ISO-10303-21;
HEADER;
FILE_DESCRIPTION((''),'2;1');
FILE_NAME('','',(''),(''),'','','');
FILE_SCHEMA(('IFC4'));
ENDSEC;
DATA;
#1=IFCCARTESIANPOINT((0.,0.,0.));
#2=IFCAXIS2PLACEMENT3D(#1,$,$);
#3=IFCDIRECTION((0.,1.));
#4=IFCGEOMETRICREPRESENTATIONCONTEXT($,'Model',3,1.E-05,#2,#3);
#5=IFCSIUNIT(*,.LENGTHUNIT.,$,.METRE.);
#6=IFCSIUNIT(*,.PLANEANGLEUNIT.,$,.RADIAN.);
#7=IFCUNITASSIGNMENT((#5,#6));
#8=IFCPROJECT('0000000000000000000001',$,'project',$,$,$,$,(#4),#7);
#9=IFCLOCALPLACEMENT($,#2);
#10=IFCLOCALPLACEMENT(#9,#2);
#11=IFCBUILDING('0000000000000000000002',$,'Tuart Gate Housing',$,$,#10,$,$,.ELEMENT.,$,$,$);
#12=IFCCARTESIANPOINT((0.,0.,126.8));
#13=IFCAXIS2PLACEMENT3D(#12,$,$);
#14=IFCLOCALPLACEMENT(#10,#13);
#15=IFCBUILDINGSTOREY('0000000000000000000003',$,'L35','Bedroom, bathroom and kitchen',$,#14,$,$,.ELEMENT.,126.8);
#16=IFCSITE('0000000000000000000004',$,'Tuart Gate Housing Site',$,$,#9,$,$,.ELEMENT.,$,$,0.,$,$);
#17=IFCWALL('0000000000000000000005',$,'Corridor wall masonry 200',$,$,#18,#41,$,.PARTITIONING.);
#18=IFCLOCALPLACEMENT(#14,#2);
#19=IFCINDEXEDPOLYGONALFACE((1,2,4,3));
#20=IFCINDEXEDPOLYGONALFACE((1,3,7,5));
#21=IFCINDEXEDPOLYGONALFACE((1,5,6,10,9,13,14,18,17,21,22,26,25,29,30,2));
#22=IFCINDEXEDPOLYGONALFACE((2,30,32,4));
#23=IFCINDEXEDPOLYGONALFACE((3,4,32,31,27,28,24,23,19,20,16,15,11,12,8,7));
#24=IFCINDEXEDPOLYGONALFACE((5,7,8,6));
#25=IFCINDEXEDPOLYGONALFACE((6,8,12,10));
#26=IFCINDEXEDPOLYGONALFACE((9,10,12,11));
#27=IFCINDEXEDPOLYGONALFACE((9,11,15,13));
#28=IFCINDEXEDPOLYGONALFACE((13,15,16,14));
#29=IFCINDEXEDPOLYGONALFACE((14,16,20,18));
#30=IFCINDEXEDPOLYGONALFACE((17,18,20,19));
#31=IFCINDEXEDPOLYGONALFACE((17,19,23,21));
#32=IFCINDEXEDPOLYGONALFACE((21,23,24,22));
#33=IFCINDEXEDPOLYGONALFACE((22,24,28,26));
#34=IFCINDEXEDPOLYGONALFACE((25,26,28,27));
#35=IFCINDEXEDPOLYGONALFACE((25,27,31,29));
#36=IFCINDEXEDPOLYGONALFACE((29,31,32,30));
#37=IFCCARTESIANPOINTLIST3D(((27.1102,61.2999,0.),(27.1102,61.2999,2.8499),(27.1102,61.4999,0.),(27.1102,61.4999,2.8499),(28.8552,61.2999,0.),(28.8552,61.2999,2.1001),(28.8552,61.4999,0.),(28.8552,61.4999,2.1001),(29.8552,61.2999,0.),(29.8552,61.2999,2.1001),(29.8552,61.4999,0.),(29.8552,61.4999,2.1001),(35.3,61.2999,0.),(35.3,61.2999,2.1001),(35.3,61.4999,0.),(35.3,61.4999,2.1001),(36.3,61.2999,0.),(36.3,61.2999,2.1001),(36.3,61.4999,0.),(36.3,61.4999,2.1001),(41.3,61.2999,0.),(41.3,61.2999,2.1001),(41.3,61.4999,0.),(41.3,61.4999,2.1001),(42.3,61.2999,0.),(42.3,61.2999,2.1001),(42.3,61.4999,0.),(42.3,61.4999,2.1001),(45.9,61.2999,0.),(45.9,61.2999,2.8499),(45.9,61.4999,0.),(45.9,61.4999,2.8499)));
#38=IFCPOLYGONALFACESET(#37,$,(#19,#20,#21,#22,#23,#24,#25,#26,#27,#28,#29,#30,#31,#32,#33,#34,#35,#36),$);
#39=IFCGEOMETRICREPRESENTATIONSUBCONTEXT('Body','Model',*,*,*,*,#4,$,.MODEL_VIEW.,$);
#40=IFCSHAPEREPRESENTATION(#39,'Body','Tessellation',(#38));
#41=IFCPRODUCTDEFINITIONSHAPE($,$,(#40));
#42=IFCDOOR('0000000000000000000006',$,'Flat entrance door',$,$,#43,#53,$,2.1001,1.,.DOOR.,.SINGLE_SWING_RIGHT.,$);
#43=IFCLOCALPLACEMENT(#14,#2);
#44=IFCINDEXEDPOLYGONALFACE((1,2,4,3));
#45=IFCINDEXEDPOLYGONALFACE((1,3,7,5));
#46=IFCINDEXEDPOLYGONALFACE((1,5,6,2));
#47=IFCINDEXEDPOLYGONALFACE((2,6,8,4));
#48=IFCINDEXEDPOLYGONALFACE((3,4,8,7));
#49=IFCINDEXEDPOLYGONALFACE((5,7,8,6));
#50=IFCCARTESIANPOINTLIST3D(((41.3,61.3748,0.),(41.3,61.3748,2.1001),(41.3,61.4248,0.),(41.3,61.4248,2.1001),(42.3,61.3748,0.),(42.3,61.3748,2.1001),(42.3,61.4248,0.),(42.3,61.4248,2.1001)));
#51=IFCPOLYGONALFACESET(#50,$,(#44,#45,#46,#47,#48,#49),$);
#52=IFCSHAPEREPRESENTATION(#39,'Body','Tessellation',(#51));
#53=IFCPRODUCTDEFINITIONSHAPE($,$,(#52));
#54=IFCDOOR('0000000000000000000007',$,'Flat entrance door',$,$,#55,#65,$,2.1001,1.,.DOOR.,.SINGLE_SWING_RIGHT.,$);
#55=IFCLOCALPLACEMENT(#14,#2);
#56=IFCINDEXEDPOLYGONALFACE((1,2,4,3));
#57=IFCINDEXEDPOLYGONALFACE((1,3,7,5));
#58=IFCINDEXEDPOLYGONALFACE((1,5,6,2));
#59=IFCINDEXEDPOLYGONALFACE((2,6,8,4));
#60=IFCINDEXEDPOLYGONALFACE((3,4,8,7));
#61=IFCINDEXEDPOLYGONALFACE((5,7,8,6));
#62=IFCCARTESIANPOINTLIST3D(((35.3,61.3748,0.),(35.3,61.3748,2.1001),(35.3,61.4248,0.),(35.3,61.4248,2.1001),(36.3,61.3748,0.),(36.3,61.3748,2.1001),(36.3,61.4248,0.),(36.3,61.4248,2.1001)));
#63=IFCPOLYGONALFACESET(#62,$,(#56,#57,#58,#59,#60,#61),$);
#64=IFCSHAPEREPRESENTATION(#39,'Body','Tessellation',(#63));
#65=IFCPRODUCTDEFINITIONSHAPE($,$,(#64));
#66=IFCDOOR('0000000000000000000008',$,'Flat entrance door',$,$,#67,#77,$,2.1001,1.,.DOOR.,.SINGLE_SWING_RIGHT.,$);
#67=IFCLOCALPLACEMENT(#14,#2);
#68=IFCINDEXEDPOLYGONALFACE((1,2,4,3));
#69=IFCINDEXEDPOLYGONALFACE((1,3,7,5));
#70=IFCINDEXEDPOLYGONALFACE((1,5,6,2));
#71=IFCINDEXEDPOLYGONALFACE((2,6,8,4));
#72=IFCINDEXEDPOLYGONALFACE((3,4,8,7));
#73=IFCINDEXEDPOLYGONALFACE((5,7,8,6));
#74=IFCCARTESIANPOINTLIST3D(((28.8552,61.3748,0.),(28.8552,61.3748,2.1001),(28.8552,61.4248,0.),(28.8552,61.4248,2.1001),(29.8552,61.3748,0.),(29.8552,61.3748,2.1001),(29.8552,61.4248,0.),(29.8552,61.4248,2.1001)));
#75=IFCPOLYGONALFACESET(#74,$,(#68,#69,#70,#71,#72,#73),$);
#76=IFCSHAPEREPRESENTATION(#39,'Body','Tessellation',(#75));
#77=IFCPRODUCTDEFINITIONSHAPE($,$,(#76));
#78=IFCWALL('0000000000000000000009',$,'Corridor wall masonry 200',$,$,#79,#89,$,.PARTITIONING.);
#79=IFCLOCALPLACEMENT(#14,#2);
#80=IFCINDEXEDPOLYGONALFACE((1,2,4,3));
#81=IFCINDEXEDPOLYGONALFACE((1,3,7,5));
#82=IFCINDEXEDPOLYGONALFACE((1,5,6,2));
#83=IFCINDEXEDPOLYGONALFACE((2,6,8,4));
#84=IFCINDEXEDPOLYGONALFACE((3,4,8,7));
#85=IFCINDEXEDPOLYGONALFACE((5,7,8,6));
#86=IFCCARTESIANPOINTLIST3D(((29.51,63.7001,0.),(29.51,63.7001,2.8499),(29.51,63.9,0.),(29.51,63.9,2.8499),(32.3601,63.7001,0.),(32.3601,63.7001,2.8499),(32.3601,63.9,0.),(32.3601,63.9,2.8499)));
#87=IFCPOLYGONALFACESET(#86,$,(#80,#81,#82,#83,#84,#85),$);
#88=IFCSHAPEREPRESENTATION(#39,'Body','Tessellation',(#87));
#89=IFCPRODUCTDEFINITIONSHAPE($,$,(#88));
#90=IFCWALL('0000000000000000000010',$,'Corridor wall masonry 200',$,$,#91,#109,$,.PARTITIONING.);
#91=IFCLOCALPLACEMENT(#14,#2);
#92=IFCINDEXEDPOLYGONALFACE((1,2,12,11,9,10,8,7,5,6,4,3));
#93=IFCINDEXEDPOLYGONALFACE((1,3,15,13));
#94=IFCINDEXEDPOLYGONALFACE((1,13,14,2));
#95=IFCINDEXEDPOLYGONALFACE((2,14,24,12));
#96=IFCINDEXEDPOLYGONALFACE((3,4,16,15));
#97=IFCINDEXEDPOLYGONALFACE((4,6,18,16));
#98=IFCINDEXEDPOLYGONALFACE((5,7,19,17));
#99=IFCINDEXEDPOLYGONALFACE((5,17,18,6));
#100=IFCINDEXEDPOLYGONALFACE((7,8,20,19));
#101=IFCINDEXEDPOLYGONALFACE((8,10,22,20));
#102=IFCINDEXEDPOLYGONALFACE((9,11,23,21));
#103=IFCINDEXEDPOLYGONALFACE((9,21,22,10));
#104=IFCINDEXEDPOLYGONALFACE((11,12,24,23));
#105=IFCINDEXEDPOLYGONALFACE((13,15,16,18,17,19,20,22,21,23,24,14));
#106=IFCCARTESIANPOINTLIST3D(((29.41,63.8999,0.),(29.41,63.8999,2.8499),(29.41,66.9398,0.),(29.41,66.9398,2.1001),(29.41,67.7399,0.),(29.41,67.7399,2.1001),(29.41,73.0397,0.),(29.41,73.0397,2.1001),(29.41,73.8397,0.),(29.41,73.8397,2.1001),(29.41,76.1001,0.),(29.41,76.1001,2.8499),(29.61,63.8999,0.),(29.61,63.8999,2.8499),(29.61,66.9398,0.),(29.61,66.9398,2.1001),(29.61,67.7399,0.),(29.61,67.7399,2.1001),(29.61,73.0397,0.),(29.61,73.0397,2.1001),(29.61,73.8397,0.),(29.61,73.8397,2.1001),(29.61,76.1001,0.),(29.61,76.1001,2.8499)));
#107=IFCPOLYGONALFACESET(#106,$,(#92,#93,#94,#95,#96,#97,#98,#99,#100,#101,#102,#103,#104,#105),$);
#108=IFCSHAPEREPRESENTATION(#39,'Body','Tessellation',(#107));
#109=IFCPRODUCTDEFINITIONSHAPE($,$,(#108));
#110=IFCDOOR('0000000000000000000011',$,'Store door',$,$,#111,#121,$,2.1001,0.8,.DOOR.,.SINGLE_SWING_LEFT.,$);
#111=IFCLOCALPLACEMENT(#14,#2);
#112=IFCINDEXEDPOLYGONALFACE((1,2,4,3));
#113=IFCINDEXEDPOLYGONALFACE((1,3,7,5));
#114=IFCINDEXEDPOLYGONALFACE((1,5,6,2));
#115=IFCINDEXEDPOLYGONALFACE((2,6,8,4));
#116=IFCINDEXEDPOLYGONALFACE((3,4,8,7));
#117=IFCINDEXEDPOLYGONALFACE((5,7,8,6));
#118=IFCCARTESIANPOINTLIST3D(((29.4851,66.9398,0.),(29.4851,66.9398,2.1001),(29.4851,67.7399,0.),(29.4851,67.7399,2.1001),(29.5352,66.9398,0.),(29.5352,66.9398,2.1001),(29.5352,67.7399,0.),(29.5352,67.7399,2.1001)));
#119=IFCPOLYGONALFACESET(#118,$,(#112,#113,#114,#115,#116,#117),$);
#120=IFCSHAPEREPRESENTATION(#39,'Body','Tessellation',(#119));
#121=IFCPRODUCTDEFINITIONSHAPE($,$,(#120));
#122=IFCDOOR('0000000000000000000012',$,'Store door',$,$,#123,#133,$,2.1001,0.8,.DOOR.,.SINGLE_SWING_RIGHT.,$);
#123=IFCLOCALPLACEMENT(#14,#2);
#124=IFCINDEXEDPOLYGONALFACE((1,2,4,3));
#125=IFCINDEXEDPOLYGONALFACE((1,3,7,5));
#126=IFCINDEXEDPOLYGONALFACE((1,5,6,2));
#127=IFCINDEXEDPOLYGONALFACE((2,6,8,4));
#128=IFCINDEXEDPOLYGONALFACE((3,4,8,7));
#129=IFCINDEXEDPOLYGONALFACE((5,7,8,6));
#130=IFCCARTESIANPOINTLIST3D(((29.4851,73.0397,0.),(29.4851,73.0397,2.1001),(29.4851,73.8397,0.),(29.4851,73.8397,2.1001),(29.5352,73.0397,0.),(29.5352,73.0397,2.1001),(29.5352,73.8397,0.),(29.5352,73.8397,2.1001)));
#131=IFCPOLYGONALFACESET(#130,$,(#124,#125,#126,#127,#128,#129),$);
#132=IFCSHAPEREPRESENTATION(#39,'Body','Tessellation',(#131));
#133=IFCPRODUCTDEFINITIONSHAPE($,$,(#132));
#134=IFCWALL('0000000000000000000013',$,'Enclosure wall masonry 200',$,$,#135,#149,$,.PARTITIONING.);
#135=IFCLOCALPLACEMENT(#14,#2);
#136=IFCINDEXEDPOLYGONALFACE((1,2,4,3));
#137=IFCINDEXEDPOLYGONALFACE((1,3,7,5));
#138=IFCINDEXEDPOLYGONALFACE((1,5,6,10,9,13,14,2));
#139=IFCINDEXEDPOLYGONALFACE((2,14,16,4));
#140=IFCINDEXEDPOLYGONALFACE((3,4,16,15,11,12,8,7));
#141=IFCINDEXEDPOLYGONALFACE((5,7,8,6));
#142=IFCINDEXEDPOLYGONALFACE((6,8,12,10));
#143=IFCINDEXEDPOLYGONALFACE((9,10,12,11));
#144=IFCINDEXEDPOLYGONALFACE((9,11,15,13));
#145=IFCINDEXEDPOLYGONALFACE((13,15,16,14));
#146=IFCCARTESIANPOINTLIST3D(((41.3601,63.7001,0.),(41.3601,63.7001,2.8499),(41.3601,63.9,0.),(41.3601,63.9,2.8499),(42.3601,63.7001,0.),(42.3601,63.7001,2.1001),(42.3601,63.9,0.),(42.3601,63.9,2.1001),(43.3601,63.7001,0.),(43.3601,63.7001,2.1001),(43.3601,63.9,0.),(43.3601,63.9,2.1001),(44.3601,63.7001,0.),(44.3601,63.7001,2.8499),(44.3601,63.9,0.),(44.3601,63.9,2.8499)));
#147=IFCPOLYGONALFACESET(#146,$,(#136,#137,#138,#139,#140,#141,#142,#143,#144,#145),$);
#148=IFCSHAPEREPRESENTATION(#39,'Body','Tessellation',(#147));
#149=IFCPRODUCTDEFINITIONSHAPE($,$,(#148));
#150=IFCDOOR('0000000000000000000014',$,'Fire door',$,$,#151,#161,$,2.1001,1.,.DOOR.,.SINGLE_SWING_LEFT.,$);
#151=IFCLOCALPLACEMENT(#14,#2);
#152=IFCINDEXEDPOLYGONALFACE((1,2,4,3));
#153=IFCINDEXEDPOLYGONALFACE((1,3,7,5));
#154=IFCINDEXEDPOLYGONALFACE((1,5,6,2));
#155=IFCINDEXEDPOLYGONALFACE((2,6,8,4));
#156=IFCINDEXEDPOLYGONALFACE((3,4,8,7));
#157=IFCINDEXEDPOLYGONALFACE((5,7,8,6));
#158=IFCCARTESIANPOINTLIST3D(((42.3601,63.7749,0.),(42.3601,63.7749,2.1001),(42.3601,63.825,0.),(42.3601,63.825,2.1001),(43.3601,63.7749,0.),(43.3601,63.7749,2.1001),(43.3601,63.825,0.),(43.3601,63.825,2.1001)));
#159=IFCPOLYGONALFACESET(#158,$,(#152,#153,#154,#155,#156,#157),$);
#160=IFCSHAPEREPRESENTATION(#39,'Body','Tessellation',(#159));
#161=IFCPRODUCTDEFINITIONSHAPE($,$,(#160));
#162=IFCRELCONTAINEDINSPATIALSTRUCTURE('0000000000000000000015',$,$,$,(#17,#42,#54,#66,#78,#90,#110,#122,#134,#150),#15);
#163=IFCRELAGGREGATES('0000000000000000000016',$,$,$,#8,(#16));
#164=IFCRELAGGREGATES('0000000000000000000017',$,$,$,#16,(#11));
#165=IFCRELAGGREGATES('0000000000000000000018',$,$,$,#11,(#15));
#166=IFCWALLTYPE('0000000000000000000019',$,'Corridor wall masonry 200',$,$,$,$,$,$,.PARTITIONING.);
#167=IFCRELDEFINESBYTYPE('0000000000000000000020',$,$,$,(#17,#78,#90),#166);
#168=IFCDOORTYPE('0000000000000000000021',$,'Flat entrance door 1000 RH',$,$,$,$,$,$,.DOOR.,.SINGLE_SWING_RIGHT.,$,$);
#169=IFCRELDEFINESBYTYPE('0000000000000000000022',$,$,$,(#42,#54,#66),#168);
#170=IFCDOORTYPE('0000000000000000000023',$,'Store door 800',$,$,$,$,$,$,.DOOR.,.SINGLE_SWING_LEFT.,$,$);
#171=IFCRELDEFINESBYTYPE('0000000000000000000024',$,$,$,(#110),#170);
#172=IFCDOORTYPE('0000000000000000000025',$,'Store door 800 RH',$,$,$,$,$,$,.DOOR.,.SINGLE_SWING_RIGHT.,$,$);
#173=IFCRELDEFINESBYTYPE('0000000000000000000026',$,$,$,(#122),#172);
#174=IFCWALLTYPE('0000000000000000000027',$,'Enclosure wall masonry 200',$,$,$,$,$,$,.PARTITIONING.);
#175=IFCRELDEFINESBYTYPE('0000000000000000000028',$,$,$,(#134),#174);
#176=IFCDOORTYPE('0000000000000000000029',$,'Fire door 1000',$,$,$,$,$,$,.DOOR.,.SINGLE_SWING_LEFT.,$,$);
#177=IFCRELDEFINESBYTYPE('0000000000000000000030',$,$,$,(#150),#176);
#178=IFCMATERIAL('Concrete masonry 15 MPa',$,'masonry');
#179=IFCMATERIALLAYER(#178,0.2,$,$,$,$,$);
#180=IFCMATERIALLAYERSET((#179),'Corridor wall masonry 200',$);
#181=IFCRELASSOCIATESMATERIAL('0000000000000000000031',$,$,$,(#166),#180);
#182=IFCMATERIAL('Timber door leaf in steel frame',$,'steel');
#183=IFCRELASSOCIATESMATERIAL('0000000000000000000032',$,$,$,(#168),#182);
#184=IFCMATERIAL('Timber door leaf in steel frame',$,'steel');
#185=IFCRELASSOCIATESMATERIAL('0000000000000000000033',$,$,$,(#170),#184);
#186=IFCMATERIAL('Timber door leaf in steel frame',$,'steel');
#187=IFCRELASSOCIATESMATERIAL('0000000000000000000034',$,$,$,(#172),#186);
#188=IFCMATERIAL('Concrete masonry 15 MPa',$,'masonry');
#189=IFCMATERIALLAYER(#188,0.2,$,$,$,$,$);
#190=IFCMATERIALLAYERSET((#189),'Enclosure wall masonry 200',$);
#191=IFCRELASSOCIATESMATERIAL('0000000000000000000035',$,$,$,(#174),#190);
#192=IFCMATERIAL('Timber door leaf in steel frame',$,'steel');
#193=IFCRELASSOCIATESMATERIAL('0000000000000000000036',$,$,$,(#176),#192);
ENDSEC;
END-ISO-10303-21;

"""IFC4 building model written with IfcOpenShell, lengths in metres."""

from ifc_helpers import new_model, si_unit, direction, frame, frame_2d, origin, place, context, subcontext, project, spatial, rectangle, extrude, material, layer, layer_set, type_object, element, fill, save


model = new_model("IFC4")

# Units and contexts
model_context = context("Model", 3, precision=1e-05, world=origin(), true_north=direction((0.0, 1.0)))
body_context = subcontext(model_context, "Body", "Model", "MODEL_VIEW")
ifc_project = project(units=[si_unit("LENGTHUNIT", "METRE"), si_unit("PLANEANGLEUNIT", "RADIAN")], contexts=[model_context])

# Site, building, storey
site_placement = place(None, origin())
site = spatial("IfcSite", under=ifc_project, at=site_placement, Name="Tuart Gate Housing Site", CompositionType="ELEMENT", RefElevation=0.0)
building_placement = place(site_placement, origin())
building = spatial("IfcBuilding", under=site, at=building_placement, Name="Tuart Gate Housing", CompositionType="ELEMENT")
storey_placement = place(building_placement, frame((0.0, 0.0, 126.8)))
storey = spatial("IfcBuildingStorey", under=building, at=storey_placement, Name="L35", Description="Bedroom, bathroom and kitchen", CompositionType="ELEMENT", Elevation=126.8)

# Wall, openings, doors
ifc_material_1 = material(Name="Concrete masonry 15 MPa", Category="masonry")
ifc_layer_1 = layer(ifc_material_1, 0.2)
ifc_layer_set_1 = layer_set([ifc_layer_1], Name="Corridor wall masonry 200")
wall_type_1 = type_object("IfcWallType", Name="Corridor wall masonry 200", PredefinedType="PARTITIONING", material=ifc_layer_set_1)
wall_1_placement = place(storey_placement, frame((27.1101, 61.3999, 0.0), z_axis=(0.0, 0.0, 1.0), x_axis=(1.0, 0.0, 0.0)))
wall_1 = element("IfcWall", 1, at=wall_1_placement, inside=storey, type_object=wall_type_1, Name="Corridor wall masonry 200", PredefinedType="PARTITIONING", context=body_context, shape_type="SweptSolid", body=[
    extrude(rectangle(XDim=18.7898, YDim=0.2, at=frame_2d((9.395, 0.0))), origin(), (0.0, 0.0, 1.0), 2.8499),
])
opening_1_placement = place(wall_1_placement, frame((14.1899, 0.0, 0.0)))
opening_1 = element("IfcOpeningElement", 2, at=opening_1_placement, cuts=wall_1, PredefinedType="OPENING", context=body_context, shape_type="SweptSolid", body=[
    extrude(rectangle(XDim=1.0, YDim=2.1001, at=frame_2d((0.5, 1.05))), frame((0.0, 0.1099, 0.0), z_axis=(0.0, -1.0, 0.0), x_axis=(1.0, 0.0, 0.0)), (0.0, 0.0, 1.0), 0.22),
])
opening_2_placement = place(wall_1_placement, frame((8.1899, 0.0, 0.0)))
opening_2 = element("IfcOpeningElement", 3, at=opening_2_placement, cuts=wall_1, PredefinedType="OPENING", context=body_context, shape_type="SweptSolid", body=[
    extrude(rectangle(XDim=1.0, YDim=2.1001, at=frame_2d((0.5, 1.05))), frame((0.0, 0.1099, 0.0), z_axis=(0.0, -1.0, 0.0), x_axis=(1.0, 0.0, 0.0)), (0.0, 0.0, 1.0), 0.22),
])
opening_3_placement = place(wall_1_placement, frame((1.7451, 0.0, 0.0)))
opening_3 = element("IfcOpeningElement", 4, at=opening_3_placement, cuts=wall_1, PredefinedType="OPENING", context=body_context, shape_type="SweptSolid", body=[
    extrude(rectangle(XDim=1.0, YDim=2.1001, at=frame_2d((0.5, 1.05))), frame((0.0, 0.1099, 0.0), z_axis=(0.0, -1.0, 0.0), x_axis=(1.0, 0.0, 0.0)), (0.0, 0.0, 1.0), 0.22),
])
ifc_material_2 = material(Name="Timber door leaf in steel frame", Category="steel")
door_type_1 = type_object("IfcDoorType", Name="Flat entrance door 1000 RH", OperationType="SINGLE_SWING_RIGHT", PredefinedType="DOOR", material=ifc_material_2)
door_1_placement = place(opening_1_placement, frame((1.0, 0.0, 0.0), z_axis=(0.0, 0.0, 1.0), x_axis=(-1.0, 0.0, 0.0)))
door_1 = element("IfcDoor", 5, at=door_1_placement, inside=storey, type_object=door_type_1, Name="Flat entrance door", OperationType="SINGLE_SWING_RIGHT", OverallHeight=2.1001, OverallWidth=1.0, PredefinedType="DOOR", context=body_context, shape_type="SweptSolid", body=[
    extrude(rectangle(XDim=1.0, YDim=2.1001, at=frame_2d((0.5, 1.05))), frame((0.0, 0.0251, 0.0), z_axis=(0.0, -1.0, 0.0), x_axis=(1.0, 0.0, 0.0)), (0.0, 0.0, 1.0), 0.05),
])
fill(opening_1, door_1)
door_2_placement = place(opening_2_placement, frame((1.0, 0.0, 0.0), z_axis=(0.0, 0.0, 1.0), x_axis=(-1.0, 0.0, 0.0)))
door_2 = element("IfcDoor", 6, at=door_2_placement, inside=storey, type_object=door_type_1, Name="Flat entrance door", OperationType="SINGLE_SWING_RIGHT", OverallHeight=2.1001, OverallWidth=1.0, PredefinedType="DOOR", context=body_context, shape_type="SweptSolid", body=[
    extrude(rectangle(XDim=1.0, YDim=2.1001, at=frame_2d((0.5, 1.05))), frame((0.0, 0.0251, 0.0), z_axis=(0.0, -1.0, 0.0), x_axis=(1.0, 0.0, 0.0)), (0.0, 0.0, 1.0), 0.05),
])
fill(opening_2, door_2)
door_3_placement = place(opening_3_placement, frame((1.0, 0.0, 0.0), z_axis=(0.0, 0.0, 1.0), x_axis=(-1.0, 0.0, 0.0)))
door_3 = element("IfcDoor", 7, at=door_3_placement, inside=storey, type_object=door_type_1, Name="Flat entrance door", OperationType="SINGLE_SWING_RIGHT", OverallHeight=2.1001, OverallWidth=1.0, PredefinedType="DOOR", context=body_context, shape_type="SweptSolid", body=[
    extrude(rectangle(XDim=1.0, YDim=2.1001, at=frame_2d((0.5, 1.05))), frame((0.0, 0.0251, 0.0), z_axis=(0.0, -1.0, 0.0), x_axis=(1.0, 0.0, 0.0)), (0.0, 0.0, 1.0), 0.05),
])
fill(opening_3, door_3)

# Wall
wall_2_placement = place(storey_placement, frame((29.51, 63.8, 0.0), z_axis=(0.0, 0.0, 1.0), x_axis=(1.0, 0.0, 0.0)))
element("IfcWall", 8, at=wall_2_placement, inside=storey, type_object=wall_type_1, Name="Corridor wall masonry 200", PredefinedType="PARTITIONING", context=body_context, shape_type="SweptSolid", body=[
    extrude(rectangle(XDim=2.8501, YDim=0.2, at=frame_2d((1.425, 0.0))), origin(), (0.0, 0.0, 1.0), 2.8499),
])

# Wall, openings, doors
wall_3_placement = place(storey_placement, frame((29.51, 63.8999, 0.0), z_axis=(0.0, 0.0, 1.0), x_axis=(0.0, 1.0, 0.0)))
wall_3 = element("IfcWall", 9, at=wall_3_placement, inside=storey, type_object=wall_type_1, Name="Corridor wall masonry 200", PredefinedType="PARTITIONING", context=body_context, shape_type="SweptSolid", body=[
    extrude(rectangle(XDim=12.2002, YDim=0.2, at=frame_2d((6.1001, 0.0))), origin(), (0.0, 0.0, 1.0), 2.8499),
])
opening_4_placement = place(wall_3_placement, frame((3.04, 0.0, 0.0)))
opening_4 = element("IfcOpeningElement", 10, at=opening_4_placement, cuts=wall_3, PredefinedType="OPENING", context=body_context, shape_type="SweptSolid", body=[
    extrude(rectangle(XDim=0.8, YDim=2.1001, at=frame_2d((0.3999, 1.05))), frame((0.0, 0.1099, 0.0), z_axis=(0.0, -1.0, 0.0), x_axis=(1.0, 0.0, 0.0)), (0.0, 0.0, 1.0), 0.22),
])
opening_5_placement = place(wall_3_placement, frame((9.1399, 0.0, 0.0)))
opening_5 = element("IfcOpeningElement", 11, at=opening_5_placement, cuts=wall_3, PredefinedType="OPENING", context=body_context, shape_type="SweptSolid", body=[
    extrude(rectangle(XDim=0.8, YDim=2.1001, at=frame_2d((0.3999, 1.05))), frame((0.0, 0.1099, 0.0), z_axis=(0.0, -1.0, 0.0), x_axis=(1.0, 0.0, 0.0)), (0.0, 0.0, 1.0), 0.22),
])
ifc_material_3 = material(Name="Timber door leaf in steel frame", Category="steel")
door_type_2 = type_object("IfcDoorType", Name="Store door 800", OperationType="SINGLE_SWING_LEFT", PredefinedType="DOOR", material=ifc_material_3)
door_4_placement = place(opening_4_placement, frame((0.8, 0.0, 0.0), z_axis=(0.0, 0.0, 1.0), x_axis=(-1.0, 0.0, 0.0)))
door_4 = element("IfcDoor", 12, at=door_4_placement, inside=storey, type_object=door_type_2, Name="Store door", OperationType="SINGLE_SWING_LEFT", OverallHeight=2.1001, OverallWidth=0.8, PredefinedType="DOOR", context=body_context, shape_type="SweptSolid", body=[
    extrude(rectangle(XDim=0.8, YDim=2.1001, at=frame_2d((0.4001, 1.05))), frame((0.0, 0.0251, 0.0), z_axis=(0.0, -1.0, 0.0), x_axis=(1.0, 0.0, 0.0)), (0.0, 0.0, 1.0), 0.05),
])
fill(opening_4, door_4)
ifc_material_4 = material(Name="Timber door leaf in steel frame", Category="steel")
door_type_3 = type_object("IfcDoorType", Name="Store door 800 RH", OperationType="SINGLE_SWING_RIGHT", PredefinedType="DOOR", material=ifc_material_4)
door_5_placement = place(opening_5_placement, frame((0.8, 0.0, 0.0), z_axis=(0.0, 0.0, 1.0), x_axis=(-1.0, 0.0, 0.0)))
door_5 = element("IfcDoor", 13, at=door_5_placement, inside=storey, type_object=door_type_3, Name="Store door", OperationType="SINGLE_SWING_RIGHT", OverallHeight=2.1001, OverallWidth=0.8, PredefinedType="DOOR", context=body_context, shape_type="SweptSolid", body=[
    extrude(rectangle(XDim=0.8, YDim=2.1001, at=frame_2d((0.4001, 1.05))), frame((0.0, 0.0251, 0.0), z_axis=(0.0, -1.0, 0.0), x_axis=(1.0, 0.0, 0.0)), (0.0, 0.0, 1.0), 0.05),
])
fill(opening_5, door_5)

# Wall, opening, door
ifc_material_5 = material(Name="Concrete masonry 15 MPa", Category="masonry")
ifc_layer_2 = layer(ifc_material_5, 0.2)
ifc_layer_set_2 = layer_set([ifc_layer_2], Name="Enclosure wall masonry 200")
wall_type_2 = type_object("IfcWallType", Name="Enclosure wall masonry 200", PredefinedType="PARTITIONING", material=ifc_layer_set_2)
wall_4_placement = place(storey_placement, frame((41.3601, 63.8, 0.0), z_axis=(0.0, 0.0, 1.0), x_axis=(1.0, 0.0, 0.0)))
wall_4 = element("IfcWall", 14, at=wall_4_placement, inside=storey, type_object=wall_type_2, Name="Enclosure wall masonry 200", PredefinedType="PARTITIONING", context=body_context, shape_type="SweptSolid", body=[
    extrude(rectangle(XDim=3.0, YDim=0.2, at=frame_2d((1.5, 0.0))), origin(), (0.0, 0.0, 1.0), 2.8499),
])
opening_6_placement = place(wall_4_placement, frame((1.0, 0.0, 0.0)))
opening_6 = element("IfcOpeningElement", 15, at=opening_6_placement, cuts=wall_4, PredefinedType="OPENING", context=body_context, shape_type="SweptSolid", body=[
    extrude(rectangle(XDim=1.0, YDim=2.1001, at=frame_2d((0.5, 1.05))), frame((0.0, 0.1099, 0.0), z_axis=(0.0, -1.0, 0.0), x_axis=(1.0, 0.0, 0.0)), (0.0, 0.0, 1.0), 0.22),
])
ifc_material_6 = material(Name="Timber door leaf in steel frame", Category="steel")
door_type_4 = type_object("IfcDoorType", Name="Fire door 1000", OperationType="SINGLE_SWING_LEFT", PredefinedType="DOOR", material=ifc_material_6)
door_6_placement = place(opening_6_placement, frame((1.0, 0.0, 0.0), z_axis=(0.0, 0.0, 1.0), x_axis=(-1.0, 0.0, 0.0)))
door_6 = element("IfcDoor", 16, at=door_6_placement, inside=storey, type_object=door_type_4, Name="Fire door", OperationType="SINGLE_SWING_LEFT", OverallHeight=2.1001, OverallWidth=1.0, PredefinedType="DOOR", context=body_context, shape_type="SweptSolid", body=[
    extrude(rectangle(XDim=1.0, YDim=2.1001, at=frame_2d((0.5, 1.05))), frame((0.0, 0.0251, 0.0), z_axis=(0.0, -1.0, 0.0), x_axis=(1.0, 0.0, 0.0)), (0.0, 0.0, 1.0), 0.05),
])
fill(opening_6, door_6)

save(model, "model.ifc")
